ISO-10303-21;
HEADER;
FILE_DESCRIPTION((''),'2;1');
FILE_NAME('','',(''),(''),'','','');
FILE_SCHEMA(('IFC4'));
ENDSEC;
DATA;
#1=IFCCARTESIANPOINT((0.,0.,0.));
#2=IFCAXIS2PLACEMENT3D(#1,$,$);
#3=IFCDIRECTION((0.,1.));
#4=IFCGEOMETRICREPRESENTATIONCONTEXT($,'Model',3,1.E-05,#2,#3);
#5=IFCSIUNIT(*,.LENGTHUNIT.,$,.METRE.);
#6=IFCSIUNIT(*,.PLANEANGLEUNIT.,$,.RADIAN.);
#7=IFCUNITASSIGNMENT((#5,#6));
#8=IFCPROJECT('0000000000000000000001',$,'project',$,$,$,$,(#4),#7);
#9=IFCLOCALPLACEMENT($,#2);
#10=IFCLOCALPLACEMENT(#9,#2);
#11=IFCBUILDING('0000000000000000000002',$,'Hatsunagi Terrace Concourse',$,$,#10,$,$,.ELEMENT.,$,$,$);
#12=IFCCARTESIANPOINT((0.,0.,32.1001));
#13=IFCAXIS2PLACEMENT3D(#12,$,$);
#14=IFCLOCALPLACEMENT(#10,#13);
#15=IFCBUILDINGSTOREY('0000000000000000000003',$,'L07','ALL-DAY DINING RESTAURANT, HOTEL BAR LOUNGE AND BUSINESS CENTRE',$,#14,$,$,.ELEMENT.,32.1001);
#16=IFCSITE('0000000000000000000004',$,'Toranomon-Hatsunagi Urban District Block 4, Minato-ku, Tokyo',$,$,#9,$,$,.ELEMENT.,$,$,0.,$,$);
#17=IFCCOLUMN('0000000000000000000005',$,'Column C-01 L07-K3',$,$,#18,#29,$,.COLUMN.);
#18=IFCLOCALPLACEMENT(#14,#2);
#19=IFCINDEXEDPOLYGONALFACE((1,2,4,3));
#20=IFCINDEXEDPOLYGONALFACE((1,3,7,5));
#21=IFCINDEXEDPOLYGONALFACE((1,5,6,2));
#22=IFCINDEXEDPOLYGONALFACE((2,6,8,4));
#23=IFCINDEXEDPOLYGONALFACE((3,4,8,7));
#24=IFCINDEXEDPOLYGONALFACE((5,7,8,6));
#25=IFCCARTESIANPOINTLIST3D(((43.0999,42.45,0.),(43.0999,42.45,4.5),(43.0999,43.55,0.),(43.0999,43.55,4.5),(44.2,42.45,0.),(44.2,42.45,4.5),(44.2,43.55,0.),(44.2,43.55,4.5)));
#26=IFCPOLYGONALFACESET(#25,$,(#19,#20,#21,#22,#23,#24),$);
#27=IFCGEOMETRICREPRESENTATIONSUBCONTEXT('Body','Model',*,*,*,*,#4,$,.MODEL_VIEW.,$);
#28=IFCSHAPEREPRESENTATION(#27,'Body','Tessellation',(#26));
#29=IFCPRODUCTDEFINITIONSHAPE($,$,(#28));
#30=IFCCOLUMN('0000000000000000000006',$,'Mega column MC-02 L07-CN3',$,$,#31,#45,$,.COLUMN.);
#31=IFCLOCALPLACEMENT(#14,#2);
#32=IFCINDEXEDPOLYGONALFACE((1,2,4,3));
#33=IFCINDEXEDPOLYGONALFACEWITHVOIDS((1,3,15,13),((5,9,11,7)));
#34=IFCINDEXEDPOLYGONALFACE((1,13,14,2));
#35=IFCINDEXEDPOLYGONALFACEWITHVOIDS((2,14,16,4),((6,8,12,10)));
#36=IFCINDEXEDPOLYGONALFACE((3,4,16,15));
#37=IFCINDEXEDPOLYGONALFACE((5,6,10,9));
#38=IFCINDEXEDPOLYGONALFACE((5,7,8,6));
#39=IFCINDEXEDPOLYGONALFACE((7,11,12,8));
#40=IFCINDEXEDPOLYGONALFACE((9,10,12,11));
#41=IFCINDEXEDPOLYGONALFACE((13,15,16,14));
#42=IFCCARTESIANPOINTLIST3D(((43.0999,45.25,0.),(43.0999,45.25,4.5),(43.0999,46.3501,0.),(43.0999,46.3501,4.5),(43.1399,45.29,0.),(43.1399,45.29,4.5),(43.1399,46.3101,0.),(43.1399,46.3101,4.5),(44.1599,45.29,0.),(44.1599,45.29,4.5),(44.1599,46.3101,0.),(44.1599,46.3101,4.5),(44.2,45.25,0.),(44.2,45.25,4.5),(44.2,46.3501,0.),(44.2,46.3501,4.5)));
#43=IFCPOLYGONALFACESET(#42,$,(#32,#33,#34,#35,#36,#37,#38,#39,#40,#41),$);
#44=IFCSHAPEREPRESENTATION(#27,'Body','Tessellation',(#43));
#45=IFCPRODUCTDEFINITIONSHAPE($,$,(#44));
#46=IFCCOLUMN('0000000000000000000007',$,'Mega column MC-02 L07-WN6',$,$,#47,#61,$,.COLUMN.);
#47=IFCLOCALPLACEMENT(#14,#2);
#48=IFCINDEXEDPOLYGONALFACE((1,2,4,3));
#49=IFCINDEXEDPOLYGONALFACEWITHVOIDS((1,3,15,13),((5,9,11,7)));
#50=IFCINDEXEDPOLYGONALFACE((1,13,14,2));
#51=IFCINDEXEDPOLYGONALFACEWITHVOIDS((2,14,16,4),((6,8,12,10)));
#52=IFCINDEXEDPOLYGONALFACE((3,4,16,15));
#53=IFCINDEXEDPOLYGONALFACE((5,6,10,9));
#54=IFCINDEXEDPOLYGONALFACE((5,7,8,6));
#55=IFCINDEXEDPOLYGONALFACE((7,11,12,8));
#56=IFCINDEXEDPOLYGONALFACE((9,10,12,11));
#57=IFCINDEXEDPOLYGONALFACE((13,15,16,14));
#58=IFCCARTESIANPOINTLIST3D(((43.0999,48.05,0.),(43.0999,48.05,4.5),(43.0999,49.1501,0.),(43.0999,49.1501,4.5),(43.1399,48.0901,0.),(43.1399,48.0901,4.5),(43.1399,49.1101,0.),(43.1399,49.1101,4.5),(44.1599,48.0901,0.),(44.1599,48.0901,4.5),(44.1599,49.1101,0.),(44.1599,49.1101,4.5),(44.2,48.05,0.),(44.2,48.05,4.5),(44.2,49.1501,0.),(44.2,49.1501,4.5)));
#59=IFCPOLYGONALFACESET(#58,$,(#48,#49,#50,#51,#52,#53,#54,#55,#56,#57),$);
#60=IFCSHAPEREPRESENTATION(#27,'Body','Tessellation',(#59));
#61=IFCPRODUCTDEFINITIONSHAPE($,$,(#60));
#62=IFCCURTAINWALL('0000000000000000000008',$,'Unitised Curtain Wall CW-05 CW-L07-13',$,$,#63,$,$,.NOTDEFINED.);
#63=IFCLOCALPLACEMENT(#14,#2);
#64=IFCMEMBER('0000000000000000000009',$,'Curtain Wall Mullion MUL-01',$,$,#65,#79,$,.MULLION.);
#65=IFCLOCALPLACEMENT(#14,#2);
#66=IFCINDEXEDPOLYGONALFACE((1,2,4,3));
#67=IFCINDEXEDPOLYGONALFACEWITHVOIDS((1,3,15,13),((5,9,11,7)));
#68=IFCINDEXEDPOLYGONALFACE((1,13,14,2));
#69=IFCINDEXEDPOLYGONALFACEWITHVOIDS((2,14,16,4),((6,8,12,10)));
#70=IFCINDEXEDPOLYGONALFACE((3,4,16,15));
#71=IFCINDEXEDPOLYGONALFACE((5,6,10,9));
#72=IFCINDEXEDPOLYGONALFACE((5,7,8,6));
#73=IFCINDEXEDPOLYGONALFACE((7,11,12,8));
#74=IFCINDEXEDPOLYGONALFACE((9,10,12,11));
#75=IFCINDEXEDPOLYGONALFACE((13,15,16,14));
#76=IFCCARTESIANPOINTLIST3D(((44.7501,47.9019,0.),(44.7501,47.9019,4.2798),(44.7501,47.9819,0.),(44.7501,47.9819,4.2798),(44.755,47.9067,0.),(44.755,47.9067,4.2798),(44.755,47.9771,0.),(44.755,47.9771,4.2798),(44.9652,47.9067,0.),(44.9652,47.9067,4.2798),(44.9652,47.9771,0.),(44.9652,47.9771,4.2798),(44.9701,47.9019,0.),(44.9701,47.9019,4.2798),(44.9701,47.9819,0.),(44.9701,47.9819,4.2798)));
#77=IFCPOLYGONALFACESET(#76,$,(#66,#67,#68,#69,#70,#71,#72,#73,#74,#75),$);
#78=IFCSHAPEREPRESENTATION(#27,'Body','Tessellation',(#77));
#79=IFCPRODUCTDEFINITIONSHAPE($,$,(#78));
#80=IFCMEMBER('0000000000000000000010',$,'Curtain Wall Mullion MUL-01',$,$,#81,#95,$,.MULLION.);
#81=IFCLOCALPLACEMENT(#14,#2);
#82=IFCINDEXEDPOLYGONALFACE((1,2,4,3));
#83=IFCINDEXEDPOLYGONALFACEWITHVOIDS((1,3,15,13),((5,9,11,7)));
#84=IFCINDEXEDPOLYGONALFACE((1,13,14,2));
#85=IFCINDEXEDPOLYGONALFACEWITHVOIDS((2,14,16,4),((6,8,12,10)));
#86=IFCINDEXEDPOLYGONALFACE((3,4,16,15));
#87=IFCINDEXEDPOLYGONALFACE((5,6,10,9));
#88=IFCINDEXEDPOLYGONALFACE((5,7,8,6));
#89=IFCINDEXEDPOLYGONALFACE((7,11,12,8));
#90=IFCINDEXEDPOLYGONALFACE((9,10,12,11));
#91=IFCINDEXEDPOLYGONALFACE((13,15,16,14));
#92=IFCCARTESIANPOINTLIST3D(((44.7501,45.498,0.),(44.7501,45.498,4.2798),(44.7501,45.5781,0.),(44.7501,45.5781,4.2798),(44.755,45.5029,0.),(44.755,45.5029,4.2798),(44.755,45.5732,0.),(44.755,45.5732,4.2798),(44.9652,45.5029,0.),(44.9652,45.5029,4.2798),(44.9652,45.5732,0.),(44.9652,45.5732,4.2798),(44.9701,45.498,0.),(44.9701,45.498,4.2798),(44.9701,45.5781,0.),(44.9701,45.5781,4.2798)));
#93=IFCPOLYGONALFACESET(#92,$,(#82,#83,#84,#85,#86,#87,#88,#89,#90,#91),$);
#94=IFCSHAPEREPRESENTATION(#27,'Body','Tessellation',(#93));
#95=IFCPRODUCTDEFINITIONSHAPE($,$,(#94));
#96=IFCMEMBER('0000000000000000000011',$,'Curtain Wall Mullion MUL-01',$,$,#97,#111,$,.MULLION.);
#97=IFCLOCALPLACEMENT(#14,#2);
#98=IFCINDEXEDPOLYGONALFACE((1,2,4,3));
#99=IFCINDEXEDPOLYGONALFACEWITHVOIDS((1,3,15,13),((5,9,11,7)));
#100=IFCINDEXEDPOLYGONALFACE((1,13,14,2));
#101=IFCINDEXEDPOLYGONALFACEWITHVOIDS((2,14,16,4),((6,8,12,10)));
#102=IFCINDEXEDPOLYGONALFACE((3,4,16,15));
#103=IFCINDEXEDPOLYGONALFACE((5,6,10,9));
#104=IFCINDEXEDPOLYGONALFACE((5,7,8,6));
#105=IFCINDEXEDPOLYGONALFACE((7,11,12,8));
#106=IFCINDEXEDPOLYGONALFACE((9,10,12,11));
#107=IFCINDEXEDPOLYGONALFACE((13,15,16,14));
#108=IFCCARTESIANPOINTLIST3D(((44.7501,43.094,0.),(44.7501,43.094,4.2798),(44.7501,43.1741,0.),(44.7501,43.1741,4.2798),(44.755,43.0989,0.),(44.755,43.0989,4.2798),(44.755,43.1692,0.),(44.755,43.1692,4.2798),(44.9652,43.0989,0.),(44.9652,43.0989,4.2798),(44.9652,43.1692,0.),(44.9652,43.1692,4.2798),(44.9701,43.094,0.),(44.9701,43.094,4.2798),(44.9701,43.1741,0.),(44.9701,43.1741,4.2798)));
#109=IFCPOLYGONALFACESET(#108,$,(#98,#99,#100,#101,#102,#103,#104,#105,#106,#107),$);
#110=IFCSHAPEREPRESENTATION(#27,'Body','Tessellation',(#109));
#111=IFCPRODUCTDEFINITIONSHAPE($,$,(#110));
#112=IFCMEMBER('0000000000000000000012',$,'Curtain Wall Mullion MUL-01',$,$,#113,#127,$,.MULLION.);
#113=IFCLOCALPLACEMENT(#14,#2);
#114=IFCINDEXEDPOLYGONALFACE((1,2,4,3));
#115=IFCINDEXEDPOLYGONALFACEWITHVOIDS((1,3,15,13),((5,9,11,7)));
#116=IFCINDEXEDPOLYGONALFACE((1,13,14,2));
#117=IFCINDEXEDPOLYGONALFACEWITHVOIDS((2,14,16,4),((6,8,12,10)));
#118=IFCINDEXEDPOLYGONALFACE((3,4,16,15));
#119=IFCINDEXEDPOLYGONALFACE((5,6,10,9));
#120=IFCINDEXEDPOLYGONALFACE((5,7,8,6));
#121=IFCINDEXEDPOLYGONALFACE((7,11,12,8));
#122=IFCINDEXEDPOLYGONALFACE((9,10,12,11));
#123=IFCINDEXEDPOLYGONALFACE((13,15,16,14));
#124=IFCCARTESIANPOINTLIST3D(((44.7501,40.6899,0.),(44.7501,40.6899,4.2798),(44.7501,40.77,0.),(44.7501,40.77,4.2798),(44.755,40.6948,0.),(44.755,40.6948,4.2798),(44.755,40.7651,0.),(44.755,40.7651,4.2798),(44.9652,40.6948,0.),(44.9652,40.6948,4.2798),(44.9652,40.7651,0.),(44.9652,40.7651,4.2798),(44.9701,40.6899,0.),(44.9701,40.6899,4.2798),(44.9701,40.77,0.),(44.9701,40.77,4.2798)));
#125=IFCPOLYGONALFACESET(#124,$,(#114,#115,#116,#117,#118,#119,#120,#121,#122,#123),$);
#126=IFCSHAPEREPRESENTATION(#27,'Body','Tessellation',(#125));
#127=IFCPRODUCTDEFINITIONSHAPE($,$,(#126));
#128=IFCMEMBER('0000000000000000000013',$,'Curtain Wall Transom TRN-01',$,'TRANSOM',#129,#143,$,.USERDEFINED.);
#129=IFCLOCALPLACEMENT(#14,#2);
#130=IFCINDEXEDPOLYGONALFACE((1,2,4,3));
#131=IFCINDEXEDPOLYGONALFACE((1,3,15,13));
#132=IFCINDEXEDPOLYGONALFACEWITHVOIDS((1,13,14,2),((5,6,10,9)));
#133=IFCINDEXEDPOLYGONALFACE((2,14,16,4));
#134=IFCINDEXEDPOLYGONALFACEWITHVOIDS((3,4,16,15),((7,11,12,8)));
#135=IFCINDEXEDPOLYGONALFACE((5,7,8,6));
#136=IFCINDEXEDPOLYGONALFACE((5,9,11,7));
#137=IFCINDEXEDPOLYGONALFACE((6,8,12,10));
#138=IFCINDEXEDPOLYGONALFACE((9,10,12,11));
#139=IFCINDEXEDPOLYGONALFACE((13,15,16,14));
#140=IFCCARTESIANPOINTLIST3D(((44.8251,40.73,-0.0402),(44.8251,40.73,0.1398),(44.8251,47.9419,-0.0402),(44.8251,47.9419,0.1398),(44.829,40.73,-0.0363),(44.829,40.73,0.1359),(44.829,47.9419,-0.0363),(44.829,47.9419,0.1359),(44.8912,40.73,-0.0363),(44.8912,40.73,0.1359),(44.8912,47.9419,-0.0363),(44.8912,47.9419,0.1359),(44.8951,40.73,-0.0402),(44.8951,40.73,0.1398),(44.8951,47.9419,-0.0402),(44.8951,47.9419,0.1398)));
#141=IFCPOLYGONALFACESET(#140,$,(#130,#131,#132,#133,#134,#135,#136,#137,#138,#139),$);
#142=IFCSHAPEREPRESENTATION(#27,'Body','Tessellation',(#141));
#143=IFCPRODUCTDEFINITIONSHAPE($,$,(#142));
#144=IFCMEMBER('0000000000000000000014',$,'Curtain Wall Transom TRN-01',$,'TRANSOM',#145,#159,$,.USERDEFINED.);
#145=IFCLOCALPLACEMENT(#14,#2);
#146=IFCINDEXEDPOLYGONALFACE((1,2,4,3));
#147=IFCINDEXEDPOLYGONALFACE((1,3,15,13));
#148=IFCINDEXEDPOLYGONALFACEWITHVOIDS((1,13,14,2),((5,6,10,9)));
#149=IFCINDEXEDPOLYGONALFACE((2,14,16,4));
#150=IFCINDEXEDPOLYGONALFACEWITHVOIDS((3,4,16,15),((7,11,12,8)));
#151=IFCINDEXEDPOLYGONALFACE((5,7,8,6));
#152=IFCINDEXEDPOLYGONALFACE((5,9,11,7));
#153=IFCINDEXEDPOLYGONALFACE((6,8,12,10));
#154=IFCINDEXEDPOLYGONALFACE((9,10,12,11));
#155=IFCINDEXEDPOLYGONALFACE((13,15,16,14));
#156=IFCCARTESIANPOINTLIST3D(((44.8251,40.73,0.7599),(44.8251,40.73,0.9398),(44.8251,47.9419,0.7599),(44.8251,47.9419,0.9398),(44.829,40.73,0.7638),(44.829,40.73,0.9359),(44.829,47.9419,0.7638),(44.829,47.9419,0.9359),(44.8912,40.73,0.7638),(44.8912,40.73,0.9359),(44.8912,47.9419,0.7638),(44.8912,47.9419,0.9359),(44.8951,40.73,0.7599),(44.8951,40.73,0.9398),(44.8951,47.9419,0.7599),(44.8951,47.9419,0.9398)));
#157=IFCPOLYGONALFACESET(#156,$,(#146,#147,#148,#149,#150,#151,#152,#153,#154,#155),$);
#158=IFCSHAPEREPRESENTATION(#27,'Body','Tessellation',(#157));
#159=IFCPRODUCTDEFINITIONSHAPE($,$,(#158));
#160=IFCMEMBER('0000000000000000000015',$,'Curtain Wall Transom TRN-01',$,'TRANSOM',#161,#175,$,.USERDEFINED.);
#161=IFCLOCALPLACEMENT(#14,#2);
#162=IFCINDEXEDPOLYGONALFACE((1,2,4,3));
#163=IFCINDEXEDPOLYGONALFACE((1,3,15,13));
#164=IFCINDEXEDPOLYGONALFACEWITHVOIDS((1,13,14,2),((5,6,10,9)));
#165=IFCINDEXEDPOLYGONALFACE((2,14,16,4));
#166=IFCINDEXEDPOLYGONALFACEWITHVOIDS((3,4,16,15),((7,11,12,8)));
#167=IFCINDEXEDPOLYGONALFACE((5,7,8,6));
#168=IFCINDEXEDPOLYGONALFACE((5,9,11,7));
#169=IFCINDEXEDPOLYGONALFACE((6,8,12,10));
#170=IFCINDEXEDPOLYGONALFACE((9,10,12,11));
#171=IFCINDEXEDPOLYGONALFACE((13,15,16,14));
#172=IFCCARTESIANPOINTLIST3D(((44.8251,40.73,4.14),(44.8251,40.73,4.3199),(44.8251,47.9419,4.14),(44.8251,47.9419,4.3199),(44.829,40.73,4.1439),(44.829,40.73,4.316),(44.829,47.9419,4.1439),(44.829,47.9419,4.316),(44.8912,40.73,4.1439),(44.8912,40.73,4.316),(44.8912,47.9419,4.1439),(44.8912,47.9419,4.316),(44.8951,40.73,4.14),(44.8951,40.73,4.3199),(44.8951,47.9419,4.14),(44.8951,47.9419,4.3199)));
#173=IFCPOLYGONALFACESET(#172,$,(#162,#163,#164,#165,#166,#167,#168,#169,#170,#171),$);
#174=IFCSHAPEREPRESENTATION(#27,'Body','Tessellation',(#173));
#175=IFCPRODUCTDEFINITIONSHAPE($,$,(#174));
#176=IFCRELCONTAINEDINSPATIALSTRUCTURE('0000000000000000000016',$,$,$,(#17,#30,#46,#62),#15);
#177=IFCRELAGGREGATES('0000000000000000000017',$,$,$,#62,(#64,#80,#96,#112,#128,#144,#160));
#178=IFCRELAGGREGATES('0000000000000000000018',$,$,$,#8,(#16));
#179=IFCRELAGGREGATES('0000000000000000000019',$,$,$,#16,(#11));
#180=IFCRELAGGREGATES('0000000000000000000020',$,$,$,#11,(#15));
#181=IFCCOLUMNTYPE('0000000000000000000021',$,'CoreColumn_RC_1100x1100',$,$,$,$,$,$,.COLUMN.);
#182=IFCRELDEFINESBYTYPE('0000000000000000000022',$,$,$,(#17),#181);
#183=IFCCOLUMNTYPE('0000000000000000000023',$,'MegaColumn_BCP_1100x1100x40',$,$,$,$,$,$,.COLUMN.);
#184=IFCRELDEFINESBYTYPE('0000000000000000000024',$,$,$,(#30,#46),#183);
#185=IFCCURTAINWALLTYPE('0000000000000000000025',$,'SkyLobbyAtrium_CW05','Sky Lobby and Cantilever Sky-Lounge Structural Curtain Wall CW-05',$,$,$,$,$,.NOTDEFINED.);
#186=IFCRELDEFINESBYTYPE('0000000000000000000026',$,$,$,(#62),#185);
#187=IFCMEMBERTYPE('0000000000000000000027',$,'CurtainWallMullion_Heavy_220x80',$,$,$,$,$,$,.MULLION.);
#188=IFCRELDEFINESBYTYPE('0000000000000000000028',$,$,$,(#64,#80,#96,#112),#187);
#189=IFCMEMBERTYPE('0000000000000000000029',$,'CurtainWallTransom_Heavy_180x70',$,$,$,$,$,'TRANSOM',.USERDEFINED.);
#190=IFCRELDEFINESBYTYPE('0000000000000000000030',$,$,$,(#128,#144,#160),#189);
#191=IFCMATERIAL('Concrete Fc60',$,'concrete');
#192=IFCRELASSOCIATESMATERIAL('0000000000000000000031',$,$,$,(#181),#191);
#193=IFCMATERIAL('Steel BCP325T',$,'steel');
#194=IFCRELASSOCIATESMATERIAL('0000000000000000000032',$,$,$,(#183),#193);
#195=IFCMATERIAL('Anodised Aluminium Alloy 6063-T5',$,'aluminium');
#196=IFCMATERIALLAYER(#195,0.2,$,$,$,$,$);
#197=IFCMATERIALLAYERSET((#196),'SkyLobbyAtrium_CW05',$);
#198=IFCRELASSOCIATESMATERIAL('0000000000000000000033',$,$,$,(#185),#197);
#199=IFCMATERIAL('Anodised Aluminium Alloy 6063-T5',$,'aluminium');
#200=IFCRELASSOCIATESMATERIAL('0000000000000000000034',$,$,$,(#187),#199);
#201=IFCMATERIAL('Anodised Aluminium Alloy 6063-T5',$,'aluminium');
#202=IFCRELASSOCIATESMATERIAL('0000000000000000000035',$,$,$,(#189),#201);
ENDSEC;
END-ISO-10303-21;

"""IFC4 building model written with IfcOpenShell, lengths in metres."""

from ifc_helpers import new_model, si_unit, direction, frame, origin, origin_2d, place, context, subcontext, project, spatial, rectangle, hollow_rectangle, extrude, material, layer, layer_set, material_profile, profile_set, type_object, element, aggregate, save


model = new_model("IFC4")

# Units and contexts
model_context = context("Model", 3, precision=1e-05, world=origin(), true_north=direction((0.0, 1.0)))
body_context = subcontext(model_context, "Body", "Model", "MODEL_VIEW")
ifc_project = project(units=[si_unit("LENGTHUNIT", "METRE"), si_unit("PLANEANGLEUNIT", "RADIAN")], contexts=[model_context])

# Site, building, storey
site_placement = place(None, origin())
site = spatial("IfcSite", under=ifc_project, at=site_placement, Name="Toranomon-Hatsunagi Urban District Block 4, Minato-ku, Tokyo", CompositionType="ELEMENT", RefElevation=0.0)
building_placement = place(site_placement, origin())
building = spatial("IfcBuilding", under=site, at=building_placement, Name="Hatsunagi Terrace Concourse", CompositionType="ELEMENT")
storey_placement = place(building_placement, frame((0.0, 0.0, 32.1001)))
storey = spatial("IfcBuildingStorey", under=building, at=storey_placement, Name="L07", Description="ALL-DAY DINING RESTAURANT, HOTEL BAR LOUNGE AND BUSINESS CENTRE", CompositionType="ELEMENT", Elevation=32.1001)

# Columns
ifc_material_1 = material(Name="Concrete Fc60", Category="concrete")
ifc_material_profile_1 = material_profile(ifc_material_1, rectangle(XDim=1.1001, YDim=1.1001, at=origin_2d()), Name="RC-1100x1100")
ifc_profile_set_1 = profile_set([ifc_material_profile_1], Name="Concrete Fc60")
column_type_1 = type_object("IfcColumnType", Name="CoreColumn_RC_1100x1100", PredefinedType="COLUMN", material=ifc_profile_set_1)
column_placement = place(storey_placement, frame((43.6499, 43.0, 0.0), z_axis=(0.0, 0.0, 1.0), x_axis=(1.0, 0.0, 0.0)))
element("IfcColumn", 1, at=column_placement, inside=storey, type_object=column_type_1, Name="Column C-01 L07-K3", PredefinedType="COLUMN", context=body_context, shape_type="SweptSolid", body=[
    extrude(rectangle(XDim=1.1001, YDim=1.1001, at=origin_2d()), origin(), (0.0, 0.0, 1.0), 4.5),
])
ifc_material_2 = material(Name="Steel BCP325T", Category="steel")
ifc_material_profile_2 = material_profile(ifc_material_2, hollow_rectangle(XDim=1.1001, YDim=1.1001, WallThickness=0.04, at=origin_2d()), Name="BCP-1100x1100x40")
ifc_profile_set_2 = profile_set([ifc_material_profile_2], Name="Steel BCP325T")
column_type_2 = type_object("IfcColumnType", Name="MegaColumn_BCP_1100x1100x40", PredefinedType="COLUMN", material=ifc_profile_set_2)
for number, where, z_axis, x_axis, name in (
    (2, (43.6499, 45.8, 0.0), (0.0, 0.0, 1.0), (1.0, 0.0, 0.0), "Mega column MC-02 L07-CN3"),
    (3, (43.6499, 48.6001, 0.0), (0.0, 0.0, 1.0), (1.0, 0.0, 0.0), "Mega column MC-02 L07-WN6"),
):
    element("IfcColumn", number, at=place(storey_placement, frame(where, z_axis=z_axis, x_axis=x_axis)), inside=storey, type_object=column_type_2, Name=name, PredefinedType="COLUMN", context=body_context, shape_type="SweptSolid", body=[
        extrude(hollow_rectangle(XDim=1.1001, YDim=1.1001, WallThickness=0.04, at=origin_2d()), origin(), (0.0, 0.0, 1.0), 4.5),
    ])

# Curtain wall, members
ifc_material_3 = material(Name="Anodised Aluminium Alloy 6063-T5", Category="aluminium")
ifc_layer_1 = layer(ifc_material_3, 0.2)
ifc_layer_set_1 = layer_set([ifc_layer_1], Name="SkyLobbyAtrium_CW05")
curtain_wall_type = type_object("IfcCurtainWallType", Name="SkyLobbyAtrium_CW05", Description="Sky Lobby and Cantilever Sky-Lounge Structural Curtain Wall CW-05", PredefinedType="NOTDEFINED", material=ifc_layer_set_1)
curtain_wall_placement = place(storey_placement, origin())
curtain_wall = element("IfcCurtainWall", 4, at=curtain_wall_placement, inside=storey, type_object=curtain_wall_type, Name="Unitised Curtain Wall CW-05 CW-L07-13", PredefinedType="NOTDEFINED")
ifc_material_4 = material(Name="Anodised Aluminium Alloy 6063-T5", Category="aluminium")
ifc_material_profile_3 = material_profile(ifc_material_4, hollow_rectangle(XDim=0.0801, YDim=0.22, WallThickness=0.0049, at=origin_2d()), Name="ALU-MUL-220x80x5")
ifc_profile_set_3 = profile_set([ifc_material_profile_3], Name="Anodised Aluminium Alloy 6063-T5")
member_type_1 = type_object("IfcMemberType", Name="CurtainWallMullion_Heavy_220x80", PredefinedType="MULLION", material=ifc_profile_set_3)
member_1_placement = place(storey_placement, frame((44.8601, 47.9419, 0.0), z_axis=(0.0, 0.0, 1.0), x_axis=(0.0, -1.0, 0.0)))
member_1 = element("IfcMember", 5, at=member_1_placement, type_object=member_type_1, Name="Curtain Wall Mullion MUL-01", PredefinedType="MULLION", context=body_context, shape_type="SweptSolid", body=[
    extrude(hollow_rectangle(XDim=0.0801, YDim=0.22, WallThickness=0.0049, at=origin_2d()), origin(), (0.0, 0.0, 1.0), 4.2798),
])
member_2_placement = place(storey_placement, frame((44.8601, 45.5381, 0.0), z_axis=(0.0, 0.0, 1.0), x_axis=(0.0, -1.0, 0.0)))
member_2 = element("IfcMember", 6, at=member_2_placement, type_object=member_type_1, Name="Curtain Wall Mullion MUL-01", PredefinedType="MULLION", context=body_context, shape_type="SweptSolid", body=[
    extrude(hollow_rectangle(XDim=0.0801, YDim=0.22, WallThickness=0.0049, at=origin_2d()), origin(), (0.0, 0.0, 1.0), 4.2798),
])
member_3_placement = place(storey_placement, frame((44.8601, 43.134, 0.0), z_axis=(0.0, 0.0, 1.0), x_axis=(0.0, -1.0, 0.0)))
member_3 = element("IfcMember", 7, at=member_3_placement, type_object=member_type_1, Name="Curtain Wall Mullion MUL-01", PredefinedType="MULLION", context=body_context, shape_type="SweptSolid", body=[
    extrude(hollow_rectangle(XDim=0.0801, YDim=0.22, WallThickness=0.0049, at=origin_2d()), origin(), (0.0, 0.0, 1.0), 4.2798),
])
member_4_placement = place(storey_placement, frame((44.8601, 40.73, 0.0), z_axis=(0.0, 0.0, 1.0), x_axis=(0.0, -1.0, 0.0)))
member_4 = element("IfcMember", 8, at=member_4_placement, type_object=member_type_1, Name="Curtain Wall Mullion MUL-01", PredefinedType="MULLION", context=body_context, shape_type="SweptSolid", body=[
    extrude(hollow_rectangle(XDim=0.0801, YDim=0.22, WallThickness=0.0049, at=origin_2d()), origin(), (0.0, 0.0, 1.0), 4.2798),
])
ifc_material_5 = material(Name="Anodised Aluminium Alloy 6063-T5", Category="aluminium")
ifc_material_profile_4 = material_profile(ifc_material_5, hollow_rectangle(XDim=0.0701, YDim=0.1799, WallThickness=0.0039, at=origin_2d()), Name="ALU-TRN-180x70x4")
ifc_profile_set_4 = profile_set([ifc_material_profile_4], Name="Anodised Aluminium Alloy 6063-T5")
member_type_2 = type_object("IfcMemberType", Name="CurtainWallTransom_Heavy_180x70", ElementType="TRANSOM", PredefinedType="USERDEFINED", material=ifc_profile_set_4)
member_5_placement = place(storey_placement, frame((44.8601, 47.9419, 0.0498), z_axis=(0.0, -1.0, 0.0), x_axis=(1.0, 0.0, 0.0)))
member_5 = element("IfcMember", 9, at=member_5_placement, type_object=member_type_2, Name="Curtain Wall Transom TRN-01", ObjectType="TRANSOM", PredefinedType="USERDEFINED", context=body_context, shape_type="SweptSolid", body=[
    extrude(hollow_rectangle(XDim=0.0701, YDim=0.1799, WallThickness=0.0039, at=origin_2d()), origin(), (0.0, 0.0, 1.0), 7.2119),
])
member_6_placement = place(storey_placement, frame((44.8601, 47.9419, 0.8499), z_axis=(0.0, -1.0, 0.0), x_axis=(1.0, 0.0, 0.0)))
member_6 = element("IfcMember", 10, at=member_6_placement, type_object=member_type_2, Name="Curtain Wall Transom TRN-01", ObjectType="TRANSOM", PredefinedType="USERDEFINED", context=body_context, shape_type="SweptSolid", body=[
    extrude(hollow_rectangle(XDim=0.0701, YDim=0.1799, WallThickness=0.0039, at=origin_2d()), origin(), (0.0, 0.0, 1.0), 7.2119),
])
member_7_placement = place(storey_placement, frame((44.8601, 47.9419, 4.23), z_axis=(0.0, -1.0, 0.0), x_axis=(1.0, 0.0, 0.0)))
member_7 = element("IfcMember", 11, at=member_7_placement, type_object=member_type_2, Name="Curtain Wall Transom TRN-01", ObjectType="TRANSOM", PredefinedType="USERDEFINED", context=body_context, shape_type="SweptSolid", body=[
    extrude(hollow_rectangle(XDim=0.0701, YDim=0.1799, WallThickness=0.0039, at=origin_2d()), origin(), (0.0, 0.0, 1.0), 7.2119),
])

aggregate(curtain_wall, [member_1, member_2, member_3, member_4, member_5, member_6, member_7])

save(model, "model.ifc")
